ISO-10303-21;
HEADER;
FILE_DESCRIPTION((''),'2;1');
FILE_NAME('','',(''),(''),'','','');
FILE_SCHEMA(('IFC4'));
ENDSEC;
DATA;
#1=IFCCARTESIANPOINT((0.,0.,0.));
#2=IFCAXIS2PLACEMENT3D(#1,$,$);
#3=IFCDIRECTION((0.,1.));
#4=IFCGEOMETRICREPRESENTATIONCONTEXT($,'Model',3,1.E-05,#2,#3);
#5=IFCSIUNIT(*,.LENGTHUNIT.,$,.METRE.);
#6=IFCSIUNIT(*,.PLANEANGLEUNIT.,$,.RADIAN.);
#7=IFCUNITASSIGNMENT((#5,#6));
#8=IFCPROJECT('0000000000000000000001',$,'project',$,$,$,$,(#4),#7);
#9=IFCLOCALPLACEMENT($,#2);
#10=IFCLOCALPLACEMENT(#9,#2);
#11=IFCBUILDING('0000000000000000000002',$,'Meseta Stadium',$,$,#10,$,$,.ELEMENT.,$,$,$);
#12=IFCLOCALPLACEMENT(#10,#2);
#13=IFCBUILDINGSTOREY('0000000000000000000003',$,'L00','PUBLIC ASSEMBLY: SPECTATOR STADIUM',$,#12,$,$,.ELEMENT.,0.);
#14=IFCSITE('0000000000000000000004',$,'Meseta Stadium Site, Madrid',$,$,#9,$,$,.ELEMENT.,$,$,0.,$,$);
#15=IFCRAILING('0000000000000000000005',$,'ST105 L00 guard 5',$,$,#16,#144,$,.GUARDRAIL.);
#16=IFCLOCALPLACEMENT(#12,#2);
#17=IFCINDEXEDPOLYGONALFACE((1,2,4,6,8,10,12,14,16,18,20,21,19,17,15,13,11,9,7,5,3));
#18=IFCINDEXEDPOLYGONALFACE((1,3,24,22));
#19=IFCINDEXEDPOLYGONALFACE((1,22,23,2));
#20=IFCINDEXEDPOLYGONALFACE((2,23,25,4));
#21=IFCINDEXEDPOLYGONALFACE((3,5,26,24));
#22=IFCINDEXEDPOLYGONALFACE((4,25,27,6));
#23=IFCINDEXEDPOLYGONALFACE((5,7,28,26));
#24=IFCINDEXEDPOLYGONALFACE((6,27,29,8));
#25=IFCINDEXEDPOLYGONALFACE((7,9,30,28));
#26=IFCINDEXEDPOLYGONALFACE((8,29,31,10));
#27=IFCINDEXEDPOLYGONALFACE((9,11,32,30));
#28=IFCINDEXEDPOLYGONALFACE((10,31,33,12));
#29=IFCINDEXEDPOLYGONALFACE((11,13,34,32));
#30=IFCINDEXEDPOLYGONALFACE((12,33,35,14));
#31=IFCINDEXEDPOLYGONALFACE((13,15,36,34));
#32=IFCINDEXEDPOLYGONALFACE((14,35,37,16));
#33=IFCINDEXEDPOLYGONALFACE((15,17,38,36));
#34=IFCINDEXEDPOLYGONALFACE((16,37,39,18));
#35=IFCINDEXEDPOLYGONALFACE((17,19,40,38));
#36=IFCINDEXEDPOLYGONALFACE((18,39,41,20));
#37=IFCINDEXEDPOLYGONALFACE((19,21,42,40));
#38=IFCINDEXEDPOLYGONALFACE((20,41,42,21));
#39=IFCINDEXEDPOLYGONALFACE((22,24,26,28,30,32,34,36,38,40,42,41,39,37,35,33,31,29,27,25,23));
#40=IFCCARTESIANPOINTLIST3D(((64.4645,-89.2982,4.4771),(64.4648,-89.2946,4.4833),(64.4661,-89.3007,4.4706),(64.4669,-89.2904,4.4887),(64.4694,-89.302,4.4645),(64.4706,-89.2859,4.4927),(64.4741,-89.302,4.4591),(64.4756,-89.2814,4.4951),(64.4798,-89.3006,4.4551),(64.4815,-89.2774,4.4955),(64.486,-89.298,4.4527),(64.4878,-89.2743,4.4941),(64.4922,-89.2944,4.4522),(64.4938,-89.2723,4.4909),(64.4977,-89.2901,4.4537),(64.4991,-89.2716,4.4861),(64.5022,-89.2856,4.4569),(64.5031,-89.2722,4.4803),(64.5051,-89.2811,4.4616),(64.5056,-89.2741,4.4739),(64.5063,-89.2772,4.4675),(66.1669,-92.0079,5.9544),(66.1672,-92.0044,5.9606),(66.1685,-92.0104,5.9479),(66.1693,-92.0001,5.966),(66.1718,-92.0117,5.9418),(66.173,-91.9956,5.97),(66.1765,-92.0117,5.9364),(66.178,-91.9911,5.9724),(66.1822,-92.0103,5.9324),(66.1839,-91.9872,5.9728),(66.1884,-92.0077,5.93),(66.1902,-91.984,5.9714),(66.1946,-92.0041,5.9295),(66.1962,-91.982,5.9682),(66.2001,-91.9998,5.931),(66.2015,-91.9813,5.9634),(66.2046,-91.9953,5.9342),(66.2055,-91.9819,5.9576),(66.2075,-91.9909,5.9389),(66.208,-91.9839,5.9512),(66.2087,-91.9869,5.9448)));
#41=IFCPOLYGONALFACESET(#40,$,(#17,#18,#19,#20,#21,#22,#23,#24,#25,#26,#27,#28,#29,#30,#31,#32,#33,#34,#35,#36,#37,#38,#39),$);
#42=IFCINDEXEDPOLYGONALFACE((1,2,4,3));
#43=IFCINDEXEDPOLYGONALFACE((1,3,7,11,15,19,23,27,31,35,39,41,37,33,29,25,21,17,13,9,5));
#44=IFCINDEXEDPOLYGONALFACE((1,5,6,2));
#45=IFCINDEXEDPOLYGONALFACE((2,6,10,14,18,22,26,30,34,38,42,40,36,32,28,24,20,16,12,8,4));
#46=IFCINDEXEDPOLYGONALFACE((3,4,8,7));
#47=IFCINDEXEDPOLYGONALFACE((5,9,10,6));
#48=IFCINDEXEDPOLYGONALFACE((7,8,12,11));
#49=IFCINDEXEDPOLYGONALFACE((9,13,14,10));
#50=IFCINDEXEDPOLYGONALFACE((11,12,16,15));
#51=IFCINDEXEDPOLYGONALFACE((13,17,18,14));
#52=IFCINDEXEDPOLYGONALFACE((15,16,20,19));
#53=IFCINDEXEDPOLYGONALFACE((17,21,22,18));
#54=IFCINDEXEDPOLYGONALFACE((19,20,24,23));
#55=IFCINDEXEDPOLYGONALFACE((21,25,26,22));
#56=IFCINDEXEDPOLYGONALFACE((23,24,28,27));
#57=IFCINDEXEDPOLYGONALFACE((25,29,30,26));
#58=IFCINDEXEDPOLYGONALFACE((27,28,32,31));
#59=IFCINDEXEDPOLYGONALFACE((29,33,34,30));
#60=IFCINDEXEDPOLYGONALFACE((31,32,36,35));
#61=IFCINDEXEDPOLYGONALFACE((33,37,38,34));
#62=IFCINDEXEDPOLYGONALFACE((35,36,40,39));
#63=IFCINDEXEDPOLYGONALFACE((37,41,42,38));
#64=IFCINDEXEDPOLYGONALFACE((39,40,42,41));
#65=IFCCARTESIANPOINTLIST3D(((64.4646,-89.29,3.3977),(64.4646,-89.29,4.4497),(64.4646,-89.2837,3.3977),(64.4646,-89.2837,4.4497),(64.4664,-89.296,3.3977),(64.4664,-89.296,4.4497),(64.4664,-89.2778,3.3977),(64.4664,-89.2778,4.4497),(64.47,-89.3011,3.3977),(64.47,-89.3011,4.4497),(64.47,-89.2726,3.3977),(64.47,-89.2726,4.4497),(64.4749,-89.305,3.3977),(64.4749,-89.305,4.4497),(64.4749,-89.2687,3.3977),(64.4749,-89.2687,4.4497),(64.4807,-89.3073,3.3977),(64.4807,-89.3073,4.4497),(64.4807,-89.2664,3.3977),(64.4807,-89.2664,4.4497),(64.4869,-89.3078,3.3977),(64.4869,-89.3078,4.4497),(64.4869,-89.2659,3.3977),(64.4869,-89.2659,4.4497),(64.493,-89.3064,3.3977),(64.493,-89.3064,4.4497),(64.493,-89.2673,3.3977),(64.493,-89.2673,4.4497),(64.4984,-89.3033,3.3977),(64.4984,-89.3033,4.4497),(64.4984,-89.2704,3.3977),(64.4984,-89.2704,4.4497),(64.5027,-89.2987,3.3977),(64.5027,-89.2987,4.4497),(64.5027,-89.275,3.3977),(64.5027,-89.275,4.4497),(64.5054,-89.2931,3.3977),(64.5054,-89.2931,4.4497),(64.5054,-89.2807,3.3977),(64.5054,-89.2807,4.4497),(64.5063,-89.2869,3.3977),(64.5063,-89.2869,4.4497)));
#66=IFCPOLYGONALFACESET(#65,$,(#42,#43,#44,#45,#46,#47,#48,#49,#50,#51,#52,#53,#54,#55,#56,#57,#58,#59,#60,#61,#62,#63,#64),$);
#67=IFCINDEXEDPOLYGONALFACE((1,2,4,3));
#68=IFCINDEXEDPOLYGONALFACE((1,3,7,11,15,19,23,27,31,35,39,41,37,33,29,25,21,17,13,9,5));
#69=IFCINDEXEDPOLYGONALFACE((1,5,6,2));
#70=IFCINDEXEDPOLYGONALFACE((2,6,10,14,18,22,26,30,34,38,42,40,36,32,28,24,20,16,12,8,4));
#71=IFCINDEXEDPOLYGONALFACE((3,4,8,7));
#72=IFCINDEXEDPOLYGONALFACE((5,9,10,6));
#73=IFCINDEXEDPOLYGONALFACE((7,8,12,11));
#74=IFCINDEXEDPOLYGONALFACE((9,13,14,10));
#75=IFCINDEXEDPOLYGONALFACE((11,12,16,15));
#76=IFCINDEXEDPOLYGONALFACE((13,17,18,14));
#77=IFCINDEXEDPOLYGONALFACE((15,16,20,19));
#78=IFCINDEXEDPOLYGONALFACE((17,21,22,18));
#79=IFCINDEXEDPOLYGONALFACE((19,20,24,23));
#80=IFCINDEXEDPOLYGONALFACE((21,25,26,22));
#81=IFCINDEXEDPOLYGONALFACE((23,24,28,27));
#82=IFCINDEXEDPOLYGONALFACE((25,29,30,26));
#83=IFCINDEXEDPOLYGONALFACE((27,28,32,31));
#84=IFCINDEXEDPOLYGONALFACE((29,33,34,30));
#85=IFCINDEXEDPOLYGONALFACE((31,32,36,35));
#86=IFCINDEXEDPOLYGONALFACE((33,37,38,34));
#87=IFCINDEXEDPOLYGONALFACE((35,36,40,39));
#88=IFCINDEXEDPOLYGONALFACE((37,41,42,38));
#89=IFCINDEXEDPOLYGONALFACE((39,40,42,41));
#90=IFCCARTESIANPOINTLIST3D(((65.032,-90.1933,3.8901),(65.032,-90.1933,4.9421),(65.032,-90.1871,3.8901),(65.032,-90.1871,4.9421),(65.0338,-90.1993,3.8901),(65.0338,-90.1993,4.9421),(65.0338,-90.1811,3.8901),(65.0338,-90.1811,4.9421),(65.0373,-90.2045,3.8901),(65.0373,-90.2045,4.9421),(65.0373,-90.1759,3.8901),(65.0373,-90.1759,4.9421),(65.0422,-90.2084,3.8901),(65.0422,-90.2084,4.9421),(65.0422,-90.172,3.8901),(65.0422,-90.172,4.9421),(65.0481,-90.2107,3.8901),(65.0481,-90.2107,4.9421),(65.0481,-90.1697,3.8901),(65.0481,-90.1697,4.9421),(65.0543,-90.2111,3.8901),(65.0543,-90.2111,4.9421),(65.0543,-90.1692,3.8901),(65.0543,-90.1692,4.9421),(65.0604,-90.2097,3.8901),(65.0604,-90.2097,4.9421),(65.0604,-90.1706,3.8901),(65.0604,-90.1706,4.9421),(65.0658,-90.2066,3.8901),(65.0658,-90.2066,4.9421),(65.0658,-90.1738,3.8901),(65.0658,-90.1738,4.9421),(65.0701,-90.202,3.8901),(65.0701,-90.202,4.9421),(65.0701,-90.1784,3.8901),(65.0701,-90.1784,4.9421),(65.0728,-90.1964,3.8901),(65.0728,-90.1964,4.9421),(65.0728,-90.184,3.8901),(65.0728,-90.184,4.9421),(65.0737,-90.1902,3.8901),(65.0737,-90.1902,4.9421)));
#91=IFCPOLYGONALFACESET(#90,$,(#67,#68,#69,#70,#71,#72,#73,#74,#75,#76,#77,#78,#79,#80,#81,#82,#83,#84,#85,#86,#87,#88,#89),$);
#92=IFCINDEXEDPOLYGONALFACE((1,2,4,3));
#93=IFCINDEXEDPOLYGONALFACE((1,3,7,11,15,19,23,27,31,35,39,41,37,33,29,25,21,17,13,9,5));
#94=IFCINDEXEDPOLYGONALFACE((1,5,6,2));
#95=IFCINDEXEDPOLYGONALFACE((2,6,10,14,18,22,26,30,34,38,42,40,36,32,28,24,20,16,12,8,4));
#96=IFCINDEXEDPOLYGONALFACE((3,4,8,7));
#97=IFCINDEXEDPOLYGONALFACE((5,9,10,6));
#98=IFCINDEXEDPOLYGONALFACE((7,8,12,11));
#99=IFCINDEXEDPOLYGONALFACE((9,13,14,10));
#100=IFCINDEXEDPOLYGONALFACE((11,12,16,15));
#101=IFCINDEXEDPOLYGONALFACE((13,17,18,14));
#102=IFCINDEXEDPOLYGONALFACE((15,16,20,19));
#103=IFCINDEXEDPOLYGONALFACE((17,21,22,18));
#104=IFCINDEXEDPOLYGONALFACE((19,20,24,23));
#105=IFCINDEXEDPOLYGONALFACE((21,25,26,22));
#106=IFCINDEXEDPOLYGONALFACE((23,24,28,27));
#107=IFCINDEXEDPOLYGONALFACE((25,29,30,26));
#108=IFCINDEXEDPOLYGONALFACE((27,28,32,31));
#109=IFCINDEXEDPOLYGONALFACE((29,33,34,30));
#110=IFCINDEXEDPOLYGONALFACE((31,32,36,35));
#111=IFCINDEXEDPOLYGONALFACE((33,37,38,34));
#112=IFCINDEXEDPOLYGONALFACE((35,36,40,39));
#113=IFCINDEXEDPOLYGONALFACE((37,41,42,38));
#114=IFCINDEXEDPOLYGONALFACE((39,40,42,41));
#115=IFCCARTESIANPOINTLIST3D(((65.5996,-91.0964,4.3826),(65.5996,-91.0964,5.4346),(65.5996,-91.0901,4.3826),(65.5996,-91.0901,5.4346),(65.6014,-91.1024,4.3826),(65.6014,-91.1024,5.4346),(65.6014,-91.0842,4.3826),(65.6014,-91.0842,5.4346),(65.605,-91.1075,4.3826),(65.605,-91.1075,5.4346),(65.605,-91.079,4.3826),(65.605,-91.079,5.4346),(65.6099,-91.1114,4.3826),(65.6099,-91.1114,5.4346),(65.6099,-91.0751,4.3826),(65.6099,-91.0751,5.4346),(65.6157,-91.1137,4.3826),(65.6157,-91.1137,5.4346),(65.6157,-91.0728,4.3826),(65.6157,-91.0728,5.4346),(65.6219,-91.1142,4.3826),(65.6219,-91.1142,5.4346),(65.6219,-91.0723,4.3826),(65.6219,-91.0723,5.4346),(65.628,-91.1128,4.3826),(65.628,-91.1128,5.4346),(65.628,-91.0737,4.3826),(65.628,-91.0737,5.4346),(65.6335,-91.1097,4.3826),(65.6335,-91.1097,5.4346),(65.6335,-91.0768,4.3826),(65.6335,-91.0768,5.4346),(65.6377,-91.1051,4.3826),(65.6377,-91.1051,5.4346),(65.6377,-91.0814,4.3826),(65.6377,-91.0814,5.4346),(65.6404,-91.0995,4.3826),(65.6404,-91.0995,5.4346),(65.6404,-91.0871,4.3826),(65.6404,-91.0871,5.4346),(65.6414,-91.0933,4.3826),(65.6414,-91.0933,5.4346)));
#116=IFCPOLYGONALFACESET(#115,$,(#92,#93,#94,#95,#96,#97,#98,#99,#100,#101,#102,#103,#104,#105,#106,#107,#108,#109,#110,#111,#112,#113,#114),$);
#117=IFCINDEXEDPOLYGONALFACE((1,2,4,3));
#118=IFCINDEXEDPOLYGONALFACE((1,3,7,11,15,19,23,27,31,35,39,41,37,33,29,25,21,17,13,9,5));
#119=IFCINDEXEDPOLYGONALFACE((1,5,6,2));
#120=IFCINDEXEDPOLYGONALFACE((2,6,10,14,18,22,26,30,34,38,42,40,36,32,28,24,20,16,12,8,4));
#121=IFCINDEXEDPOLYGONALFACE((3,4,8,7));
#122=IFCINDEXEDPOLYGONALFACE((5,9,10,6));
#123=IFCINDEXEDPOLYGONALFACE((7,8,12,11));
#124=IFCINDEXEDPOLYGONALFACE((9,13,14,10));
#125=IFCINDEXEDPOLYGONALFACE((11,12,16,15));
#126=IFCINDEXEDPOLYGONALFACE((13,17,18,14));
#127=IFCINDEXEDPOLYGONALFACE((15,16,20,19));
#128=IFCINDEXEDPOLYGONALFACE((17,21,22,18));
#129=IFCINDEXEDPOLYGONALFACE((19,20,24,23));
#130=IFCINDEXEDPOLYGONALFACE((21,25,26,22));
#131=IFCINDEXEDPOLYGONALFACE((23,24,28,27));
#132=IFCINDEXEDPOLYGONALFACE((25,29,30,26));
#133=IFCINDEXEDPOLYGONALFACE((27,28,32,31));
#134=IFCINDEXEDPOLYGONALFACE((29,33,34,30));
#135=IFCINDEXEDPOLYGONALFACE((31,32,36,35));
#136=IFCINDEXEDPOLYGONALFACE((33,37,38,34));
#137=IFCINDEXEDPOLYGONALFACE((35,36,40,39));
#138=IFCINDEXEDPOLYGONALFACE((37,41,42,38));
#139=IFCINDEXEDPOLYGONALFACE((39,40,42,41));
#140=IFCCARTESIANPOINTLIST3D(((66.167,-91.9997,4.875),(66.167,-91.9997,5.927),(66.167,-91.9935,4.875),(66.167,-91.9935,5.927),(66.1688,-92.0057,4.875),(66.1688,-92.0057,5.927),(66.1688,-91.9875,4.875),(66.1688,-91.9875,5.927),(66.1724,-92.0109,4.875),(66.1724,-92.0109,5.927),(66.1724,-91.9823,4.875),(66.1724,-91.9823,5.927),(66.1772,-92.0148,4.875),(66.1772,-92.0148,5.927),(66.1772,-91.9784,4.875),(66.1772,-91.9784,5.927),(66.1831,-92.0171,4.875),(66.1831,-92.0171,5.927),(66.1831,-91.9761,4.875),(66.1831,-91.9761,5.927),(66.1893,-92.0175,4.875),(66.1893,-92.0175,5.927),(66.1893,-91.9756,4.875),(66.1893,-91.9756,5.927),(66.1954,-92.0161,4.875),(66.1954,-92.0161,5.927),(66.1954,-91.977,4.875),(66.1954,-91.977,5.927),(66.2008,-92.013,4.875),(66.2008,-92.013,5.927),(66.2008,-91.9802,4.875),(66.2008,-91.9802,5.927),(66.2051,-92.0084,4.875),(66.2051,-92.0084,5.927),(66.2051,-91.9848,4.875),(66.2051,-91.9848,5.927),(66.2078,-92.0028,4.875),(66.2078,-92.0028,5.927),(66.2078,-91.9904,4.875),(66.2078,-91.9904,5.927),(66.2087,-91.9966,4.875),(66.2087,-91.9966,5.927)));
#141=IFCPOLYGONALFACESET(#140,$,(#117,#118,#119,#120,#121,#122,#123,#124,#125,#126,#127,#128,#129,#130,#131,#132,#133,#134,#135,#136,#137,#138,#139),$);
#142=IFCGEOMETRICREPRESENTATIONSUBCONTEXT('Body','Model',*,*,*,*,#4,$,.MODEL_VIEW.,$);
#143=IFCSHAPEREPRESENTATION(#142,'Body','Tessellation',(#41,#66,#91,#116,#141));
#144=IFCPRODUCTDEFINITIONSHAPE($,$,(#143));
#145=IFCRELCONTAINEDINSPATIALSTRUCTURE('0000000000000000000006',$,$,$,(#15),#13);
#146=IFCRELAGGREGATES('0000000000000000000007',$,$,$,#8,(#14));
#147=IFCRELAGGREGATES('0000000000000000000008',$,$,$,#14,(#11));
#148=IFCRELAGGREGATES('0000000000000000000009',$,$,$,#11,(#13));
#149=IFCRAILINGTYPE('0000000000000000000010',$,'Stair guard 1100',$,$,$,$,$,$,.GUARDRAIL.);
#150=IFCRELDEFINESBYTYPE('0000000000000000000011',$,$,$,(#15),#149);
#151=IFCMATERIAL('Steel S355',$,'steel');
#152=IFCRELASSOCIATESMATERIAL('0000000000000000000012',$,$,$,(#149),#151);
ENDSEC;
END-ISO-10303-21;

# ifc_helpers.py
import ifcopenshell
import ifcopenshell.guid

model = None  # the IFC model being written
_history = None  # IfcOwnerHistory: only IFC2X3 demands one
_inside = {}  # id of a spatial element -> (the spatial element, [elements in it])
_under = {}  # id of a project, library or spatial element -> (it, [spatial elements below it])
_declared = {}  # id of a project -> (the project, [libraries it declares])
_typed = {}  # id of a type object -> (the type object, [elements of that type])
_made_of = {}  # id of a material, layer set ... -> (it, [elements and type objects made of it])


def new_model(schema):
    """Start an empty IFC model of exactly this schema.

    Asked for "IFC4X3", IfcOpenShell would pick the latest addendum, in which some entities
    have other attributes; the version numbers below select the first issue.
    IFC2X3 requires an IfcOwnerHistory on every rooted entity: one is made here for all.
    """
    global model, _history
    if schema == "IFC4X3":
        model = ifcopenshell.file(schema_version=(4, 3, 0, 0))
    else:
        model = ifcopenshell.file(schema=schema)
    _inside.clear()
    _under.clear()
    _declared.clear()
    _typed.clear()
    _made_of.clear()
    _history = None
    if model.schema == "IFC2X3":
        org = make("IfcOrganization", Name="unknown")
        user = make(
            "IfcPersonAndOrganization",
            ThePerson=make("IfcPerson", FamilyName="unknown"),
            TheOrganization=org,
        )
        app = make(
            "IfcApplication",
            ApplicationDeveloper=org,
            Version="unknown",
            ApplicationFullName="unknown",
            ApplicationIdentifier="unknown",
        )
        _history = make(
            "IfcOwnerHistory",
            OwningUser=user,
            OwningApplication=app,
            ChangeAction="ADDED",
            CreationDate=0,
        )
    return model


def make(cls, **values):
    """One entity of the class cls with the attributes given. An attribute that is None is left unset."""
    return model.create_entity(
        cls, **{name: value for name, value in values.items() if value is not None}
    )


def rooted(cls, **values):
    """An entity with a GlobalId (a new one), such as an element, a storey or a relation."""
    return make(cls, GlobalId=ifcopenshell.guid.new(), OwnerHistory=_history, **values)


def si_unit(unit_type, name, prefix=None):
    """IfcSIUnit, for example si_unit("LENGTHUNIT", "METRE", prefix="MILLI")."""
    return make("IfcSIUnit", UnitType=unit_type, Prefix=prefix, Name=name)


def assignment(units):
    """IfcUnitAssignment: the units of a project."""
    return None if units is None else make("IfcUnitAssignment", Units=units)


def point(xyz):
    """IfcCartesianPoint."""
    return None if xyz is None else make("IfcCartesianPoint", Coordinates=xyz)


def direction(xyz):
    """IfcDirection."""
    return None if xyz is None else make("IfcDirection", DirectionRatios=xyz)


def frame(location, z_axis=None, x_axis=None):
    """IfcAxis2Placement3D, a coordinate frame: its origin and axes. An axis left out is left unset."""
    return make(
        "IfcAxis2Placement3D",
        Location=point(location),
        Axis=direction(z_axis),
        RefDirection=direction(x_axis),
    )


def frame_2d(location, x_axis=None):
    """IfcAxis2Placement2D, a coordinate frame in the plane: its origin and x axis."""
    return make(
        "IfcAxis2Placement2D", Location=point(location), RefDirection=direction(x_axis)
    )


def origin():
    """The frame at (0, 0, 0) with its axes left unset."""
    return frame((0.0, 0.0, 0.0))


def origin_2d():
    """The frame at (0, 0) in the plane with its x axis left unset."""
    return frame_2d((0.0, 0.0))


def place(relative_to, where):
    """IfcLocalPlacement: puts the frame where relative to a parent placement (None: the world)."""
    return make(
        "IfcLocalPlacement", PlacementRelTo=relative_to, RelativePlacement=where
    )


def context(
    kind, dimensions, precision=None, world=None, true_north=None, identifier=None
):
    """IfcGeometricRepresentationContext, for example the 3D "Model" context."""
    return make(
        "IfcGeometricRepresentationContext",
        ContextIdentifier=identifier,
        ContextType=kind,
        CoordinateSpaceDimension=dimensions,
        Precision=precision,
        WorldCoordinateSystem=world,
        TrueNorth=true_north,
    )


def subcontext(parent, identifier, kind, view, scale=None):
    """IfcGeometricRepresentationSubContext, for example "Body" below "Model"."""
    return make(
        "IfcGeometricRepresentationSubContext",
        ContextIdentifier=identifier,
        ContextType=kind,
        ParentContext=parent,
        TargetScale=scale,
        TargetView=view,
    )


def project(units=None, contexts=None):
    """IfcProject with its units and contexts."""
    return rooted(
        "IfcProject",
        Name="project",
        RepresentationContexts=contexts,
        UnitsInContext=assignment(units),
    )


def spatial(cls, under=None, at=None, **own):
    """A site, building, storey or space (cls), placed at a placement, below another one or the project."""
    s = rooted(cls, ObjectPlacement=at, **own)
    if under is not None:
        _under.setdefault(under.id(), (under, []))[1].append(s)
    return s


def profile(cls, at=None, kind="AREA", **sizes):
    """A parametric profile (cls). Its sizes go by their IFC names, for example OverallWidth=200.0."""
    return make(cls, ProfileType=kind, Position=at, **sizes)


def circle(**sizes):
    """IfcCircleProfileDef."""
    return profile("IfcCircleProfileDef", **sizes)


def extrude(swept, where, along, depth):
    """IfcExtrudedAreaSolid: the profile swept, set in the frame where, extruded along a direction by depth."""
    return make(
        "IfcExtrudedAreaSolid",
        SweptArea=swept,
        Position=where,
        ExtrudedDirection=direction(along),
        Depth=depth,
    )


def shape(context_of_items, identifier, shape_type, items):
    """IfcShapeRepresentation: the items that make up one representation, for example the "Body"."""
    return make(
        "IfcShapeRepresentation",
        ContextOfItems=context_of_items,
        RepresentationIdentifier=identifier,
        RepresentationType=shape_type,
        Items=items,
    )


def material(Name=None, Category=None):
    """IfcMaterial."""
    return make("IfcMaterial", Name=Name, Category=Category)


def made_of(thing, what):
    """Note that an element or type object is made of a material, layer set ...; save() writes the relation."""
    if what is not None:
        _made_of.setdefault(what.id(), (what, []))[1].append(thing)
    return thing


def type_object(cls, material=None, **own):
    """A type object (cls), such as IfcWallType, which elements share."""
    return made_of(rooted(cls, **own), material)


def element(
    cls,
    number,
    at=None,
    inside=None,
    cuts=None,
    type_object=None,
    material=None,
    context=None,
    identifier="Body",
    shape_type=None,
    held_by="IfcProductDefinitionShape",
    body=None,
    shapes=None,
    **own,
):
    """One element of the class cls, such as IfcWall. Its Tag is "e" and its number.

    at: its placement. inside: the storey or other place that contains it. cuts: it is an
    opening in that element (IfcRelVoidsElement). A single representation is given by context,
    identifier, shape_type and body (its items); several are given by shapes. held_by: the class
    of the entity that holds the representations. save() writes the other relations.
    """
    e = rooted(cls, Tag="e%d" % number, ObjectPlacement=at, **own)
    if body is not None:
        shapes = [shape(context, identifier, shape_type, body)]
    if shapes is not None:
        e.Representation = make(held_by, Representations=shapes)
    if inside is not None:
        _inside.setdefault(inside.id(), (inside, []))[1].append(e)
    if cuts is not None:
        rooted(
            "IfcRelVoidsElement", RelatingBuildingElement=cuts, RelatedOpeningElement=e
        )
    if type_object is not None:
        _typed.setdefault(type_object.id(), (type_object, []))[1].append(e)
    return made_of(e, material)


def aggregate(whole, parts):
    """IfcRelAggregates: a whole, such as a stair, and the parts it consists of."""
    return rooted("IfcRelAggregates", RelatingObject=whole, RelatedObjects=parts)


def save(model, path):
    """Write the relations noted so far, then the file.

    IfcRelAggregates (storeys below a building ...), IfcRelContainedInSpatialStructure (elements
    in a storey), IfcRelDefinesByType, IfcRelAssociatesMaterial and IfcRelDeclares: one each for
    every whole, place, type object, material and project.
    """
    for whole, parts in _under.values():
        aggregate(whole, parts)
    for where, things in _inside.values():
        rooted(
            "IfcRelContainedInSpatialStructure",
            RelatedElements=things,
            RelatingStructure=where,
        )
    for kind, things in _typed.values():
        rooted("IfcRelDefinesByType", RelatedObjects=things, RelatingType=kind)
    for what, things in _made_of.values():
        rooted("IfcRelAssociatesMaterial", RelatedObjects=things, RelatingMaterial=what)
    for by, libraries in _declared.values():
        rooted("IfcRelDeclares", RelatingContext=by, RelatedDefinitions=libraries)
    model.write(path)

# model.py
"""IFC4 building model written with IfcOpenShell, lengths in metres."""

from ifc_helpers import new_model, si_unit, direction, frame, origin, origin_2d, place, context, subcontext, project, spatial, circle, extrude, material, type_object, element, save


model = new_model("IFC4")

# Units and contexts
model_context = context("Model", 3, precision=1e-05, world=origin(), true_north=direction((0.0, 1.0)))
body_context = subcontext(model_context, "Body", "Model", "MODEL_VIEW")
ifc_project = project(units=[si_unit("LENGTHUNIT", "METRE"), si_unit("PLANEANGLEUNIT", "RADIAN")], contexts=[model_context])

# Site, building, storey
site_placement = place(None, origin())
site = spatial("IfcSite", under=ifc_project, at=site_placement, Name="Meseta Stadium Site, Madrid", CompositionType="ELEMENT", RefElevation=0.0)
building_placement = place(site_placement, origin())
building = spatial("IfcBuilding", under=site, at=building_placement, Name="Meseta Stadium", CompositionType="ELEMENT")
storey_placement = place(building_placement, origin())
storey = spatial("IfcBuildingStorey", under=building, at=storey_placement, Name="L00", Description="PUBLIC ASSEMBLY: SPECTATOR STADIUM", CompositionType="ELEMENT", Elevation=0.0)

# Railing
ifc_material_1 = material(Name="Steel S355", Category="steel")
railing_type_1 = type_object("IfcRailingType", Name="Stair guard 1100", PredefinedType="GUARDRAIL", material=ifc_material_1)
railing_1_placement = place(storey_placement, frame((64.4854, -89.2869, 3.3977)))
element("IfcRailing", 1, at=railing_1_placement, inside=storey, type_object=railing_type_1, Name="ST105 L00 guard 5", PredefinedType="GUARDRAIL", context=body_context, shape_type="SweptSolid", body=[
    extrude(circle(Radius=0.0239, at=origin_2d()), frame((0.0, 0.0, 1.0762), z_axis=(0.482997, -0.768792, 0.419133), x_axis=(0.846757, 0.531979, 0.0)), (0.0, 0.0, 1.0), 3.5247),
    extrude(circle(Radius=0.021, at=origin_2d()), origin(), (0.0, 0.0, 1.0), 1.052),
    extrude(circle(Radius=0.021, at=origin_2d()), frame((0.5674, -0.9033, 0.4924)), (0.0, 0.0, 1.0), 1.052),
    extrude(circle(Radius=0.021, at=origin_2d()), frame((1.135, -1.8064, 0.9849)), (0.0, 0.0, 1.0), 1.052),
    extrude(circle(Radius=0.021, at=origin_2d()), frame((1.7024, -2.7097, 1.4773)), (0.0, 0.0, 1.0), 1.052),
])

save(model, "model.ifc")
